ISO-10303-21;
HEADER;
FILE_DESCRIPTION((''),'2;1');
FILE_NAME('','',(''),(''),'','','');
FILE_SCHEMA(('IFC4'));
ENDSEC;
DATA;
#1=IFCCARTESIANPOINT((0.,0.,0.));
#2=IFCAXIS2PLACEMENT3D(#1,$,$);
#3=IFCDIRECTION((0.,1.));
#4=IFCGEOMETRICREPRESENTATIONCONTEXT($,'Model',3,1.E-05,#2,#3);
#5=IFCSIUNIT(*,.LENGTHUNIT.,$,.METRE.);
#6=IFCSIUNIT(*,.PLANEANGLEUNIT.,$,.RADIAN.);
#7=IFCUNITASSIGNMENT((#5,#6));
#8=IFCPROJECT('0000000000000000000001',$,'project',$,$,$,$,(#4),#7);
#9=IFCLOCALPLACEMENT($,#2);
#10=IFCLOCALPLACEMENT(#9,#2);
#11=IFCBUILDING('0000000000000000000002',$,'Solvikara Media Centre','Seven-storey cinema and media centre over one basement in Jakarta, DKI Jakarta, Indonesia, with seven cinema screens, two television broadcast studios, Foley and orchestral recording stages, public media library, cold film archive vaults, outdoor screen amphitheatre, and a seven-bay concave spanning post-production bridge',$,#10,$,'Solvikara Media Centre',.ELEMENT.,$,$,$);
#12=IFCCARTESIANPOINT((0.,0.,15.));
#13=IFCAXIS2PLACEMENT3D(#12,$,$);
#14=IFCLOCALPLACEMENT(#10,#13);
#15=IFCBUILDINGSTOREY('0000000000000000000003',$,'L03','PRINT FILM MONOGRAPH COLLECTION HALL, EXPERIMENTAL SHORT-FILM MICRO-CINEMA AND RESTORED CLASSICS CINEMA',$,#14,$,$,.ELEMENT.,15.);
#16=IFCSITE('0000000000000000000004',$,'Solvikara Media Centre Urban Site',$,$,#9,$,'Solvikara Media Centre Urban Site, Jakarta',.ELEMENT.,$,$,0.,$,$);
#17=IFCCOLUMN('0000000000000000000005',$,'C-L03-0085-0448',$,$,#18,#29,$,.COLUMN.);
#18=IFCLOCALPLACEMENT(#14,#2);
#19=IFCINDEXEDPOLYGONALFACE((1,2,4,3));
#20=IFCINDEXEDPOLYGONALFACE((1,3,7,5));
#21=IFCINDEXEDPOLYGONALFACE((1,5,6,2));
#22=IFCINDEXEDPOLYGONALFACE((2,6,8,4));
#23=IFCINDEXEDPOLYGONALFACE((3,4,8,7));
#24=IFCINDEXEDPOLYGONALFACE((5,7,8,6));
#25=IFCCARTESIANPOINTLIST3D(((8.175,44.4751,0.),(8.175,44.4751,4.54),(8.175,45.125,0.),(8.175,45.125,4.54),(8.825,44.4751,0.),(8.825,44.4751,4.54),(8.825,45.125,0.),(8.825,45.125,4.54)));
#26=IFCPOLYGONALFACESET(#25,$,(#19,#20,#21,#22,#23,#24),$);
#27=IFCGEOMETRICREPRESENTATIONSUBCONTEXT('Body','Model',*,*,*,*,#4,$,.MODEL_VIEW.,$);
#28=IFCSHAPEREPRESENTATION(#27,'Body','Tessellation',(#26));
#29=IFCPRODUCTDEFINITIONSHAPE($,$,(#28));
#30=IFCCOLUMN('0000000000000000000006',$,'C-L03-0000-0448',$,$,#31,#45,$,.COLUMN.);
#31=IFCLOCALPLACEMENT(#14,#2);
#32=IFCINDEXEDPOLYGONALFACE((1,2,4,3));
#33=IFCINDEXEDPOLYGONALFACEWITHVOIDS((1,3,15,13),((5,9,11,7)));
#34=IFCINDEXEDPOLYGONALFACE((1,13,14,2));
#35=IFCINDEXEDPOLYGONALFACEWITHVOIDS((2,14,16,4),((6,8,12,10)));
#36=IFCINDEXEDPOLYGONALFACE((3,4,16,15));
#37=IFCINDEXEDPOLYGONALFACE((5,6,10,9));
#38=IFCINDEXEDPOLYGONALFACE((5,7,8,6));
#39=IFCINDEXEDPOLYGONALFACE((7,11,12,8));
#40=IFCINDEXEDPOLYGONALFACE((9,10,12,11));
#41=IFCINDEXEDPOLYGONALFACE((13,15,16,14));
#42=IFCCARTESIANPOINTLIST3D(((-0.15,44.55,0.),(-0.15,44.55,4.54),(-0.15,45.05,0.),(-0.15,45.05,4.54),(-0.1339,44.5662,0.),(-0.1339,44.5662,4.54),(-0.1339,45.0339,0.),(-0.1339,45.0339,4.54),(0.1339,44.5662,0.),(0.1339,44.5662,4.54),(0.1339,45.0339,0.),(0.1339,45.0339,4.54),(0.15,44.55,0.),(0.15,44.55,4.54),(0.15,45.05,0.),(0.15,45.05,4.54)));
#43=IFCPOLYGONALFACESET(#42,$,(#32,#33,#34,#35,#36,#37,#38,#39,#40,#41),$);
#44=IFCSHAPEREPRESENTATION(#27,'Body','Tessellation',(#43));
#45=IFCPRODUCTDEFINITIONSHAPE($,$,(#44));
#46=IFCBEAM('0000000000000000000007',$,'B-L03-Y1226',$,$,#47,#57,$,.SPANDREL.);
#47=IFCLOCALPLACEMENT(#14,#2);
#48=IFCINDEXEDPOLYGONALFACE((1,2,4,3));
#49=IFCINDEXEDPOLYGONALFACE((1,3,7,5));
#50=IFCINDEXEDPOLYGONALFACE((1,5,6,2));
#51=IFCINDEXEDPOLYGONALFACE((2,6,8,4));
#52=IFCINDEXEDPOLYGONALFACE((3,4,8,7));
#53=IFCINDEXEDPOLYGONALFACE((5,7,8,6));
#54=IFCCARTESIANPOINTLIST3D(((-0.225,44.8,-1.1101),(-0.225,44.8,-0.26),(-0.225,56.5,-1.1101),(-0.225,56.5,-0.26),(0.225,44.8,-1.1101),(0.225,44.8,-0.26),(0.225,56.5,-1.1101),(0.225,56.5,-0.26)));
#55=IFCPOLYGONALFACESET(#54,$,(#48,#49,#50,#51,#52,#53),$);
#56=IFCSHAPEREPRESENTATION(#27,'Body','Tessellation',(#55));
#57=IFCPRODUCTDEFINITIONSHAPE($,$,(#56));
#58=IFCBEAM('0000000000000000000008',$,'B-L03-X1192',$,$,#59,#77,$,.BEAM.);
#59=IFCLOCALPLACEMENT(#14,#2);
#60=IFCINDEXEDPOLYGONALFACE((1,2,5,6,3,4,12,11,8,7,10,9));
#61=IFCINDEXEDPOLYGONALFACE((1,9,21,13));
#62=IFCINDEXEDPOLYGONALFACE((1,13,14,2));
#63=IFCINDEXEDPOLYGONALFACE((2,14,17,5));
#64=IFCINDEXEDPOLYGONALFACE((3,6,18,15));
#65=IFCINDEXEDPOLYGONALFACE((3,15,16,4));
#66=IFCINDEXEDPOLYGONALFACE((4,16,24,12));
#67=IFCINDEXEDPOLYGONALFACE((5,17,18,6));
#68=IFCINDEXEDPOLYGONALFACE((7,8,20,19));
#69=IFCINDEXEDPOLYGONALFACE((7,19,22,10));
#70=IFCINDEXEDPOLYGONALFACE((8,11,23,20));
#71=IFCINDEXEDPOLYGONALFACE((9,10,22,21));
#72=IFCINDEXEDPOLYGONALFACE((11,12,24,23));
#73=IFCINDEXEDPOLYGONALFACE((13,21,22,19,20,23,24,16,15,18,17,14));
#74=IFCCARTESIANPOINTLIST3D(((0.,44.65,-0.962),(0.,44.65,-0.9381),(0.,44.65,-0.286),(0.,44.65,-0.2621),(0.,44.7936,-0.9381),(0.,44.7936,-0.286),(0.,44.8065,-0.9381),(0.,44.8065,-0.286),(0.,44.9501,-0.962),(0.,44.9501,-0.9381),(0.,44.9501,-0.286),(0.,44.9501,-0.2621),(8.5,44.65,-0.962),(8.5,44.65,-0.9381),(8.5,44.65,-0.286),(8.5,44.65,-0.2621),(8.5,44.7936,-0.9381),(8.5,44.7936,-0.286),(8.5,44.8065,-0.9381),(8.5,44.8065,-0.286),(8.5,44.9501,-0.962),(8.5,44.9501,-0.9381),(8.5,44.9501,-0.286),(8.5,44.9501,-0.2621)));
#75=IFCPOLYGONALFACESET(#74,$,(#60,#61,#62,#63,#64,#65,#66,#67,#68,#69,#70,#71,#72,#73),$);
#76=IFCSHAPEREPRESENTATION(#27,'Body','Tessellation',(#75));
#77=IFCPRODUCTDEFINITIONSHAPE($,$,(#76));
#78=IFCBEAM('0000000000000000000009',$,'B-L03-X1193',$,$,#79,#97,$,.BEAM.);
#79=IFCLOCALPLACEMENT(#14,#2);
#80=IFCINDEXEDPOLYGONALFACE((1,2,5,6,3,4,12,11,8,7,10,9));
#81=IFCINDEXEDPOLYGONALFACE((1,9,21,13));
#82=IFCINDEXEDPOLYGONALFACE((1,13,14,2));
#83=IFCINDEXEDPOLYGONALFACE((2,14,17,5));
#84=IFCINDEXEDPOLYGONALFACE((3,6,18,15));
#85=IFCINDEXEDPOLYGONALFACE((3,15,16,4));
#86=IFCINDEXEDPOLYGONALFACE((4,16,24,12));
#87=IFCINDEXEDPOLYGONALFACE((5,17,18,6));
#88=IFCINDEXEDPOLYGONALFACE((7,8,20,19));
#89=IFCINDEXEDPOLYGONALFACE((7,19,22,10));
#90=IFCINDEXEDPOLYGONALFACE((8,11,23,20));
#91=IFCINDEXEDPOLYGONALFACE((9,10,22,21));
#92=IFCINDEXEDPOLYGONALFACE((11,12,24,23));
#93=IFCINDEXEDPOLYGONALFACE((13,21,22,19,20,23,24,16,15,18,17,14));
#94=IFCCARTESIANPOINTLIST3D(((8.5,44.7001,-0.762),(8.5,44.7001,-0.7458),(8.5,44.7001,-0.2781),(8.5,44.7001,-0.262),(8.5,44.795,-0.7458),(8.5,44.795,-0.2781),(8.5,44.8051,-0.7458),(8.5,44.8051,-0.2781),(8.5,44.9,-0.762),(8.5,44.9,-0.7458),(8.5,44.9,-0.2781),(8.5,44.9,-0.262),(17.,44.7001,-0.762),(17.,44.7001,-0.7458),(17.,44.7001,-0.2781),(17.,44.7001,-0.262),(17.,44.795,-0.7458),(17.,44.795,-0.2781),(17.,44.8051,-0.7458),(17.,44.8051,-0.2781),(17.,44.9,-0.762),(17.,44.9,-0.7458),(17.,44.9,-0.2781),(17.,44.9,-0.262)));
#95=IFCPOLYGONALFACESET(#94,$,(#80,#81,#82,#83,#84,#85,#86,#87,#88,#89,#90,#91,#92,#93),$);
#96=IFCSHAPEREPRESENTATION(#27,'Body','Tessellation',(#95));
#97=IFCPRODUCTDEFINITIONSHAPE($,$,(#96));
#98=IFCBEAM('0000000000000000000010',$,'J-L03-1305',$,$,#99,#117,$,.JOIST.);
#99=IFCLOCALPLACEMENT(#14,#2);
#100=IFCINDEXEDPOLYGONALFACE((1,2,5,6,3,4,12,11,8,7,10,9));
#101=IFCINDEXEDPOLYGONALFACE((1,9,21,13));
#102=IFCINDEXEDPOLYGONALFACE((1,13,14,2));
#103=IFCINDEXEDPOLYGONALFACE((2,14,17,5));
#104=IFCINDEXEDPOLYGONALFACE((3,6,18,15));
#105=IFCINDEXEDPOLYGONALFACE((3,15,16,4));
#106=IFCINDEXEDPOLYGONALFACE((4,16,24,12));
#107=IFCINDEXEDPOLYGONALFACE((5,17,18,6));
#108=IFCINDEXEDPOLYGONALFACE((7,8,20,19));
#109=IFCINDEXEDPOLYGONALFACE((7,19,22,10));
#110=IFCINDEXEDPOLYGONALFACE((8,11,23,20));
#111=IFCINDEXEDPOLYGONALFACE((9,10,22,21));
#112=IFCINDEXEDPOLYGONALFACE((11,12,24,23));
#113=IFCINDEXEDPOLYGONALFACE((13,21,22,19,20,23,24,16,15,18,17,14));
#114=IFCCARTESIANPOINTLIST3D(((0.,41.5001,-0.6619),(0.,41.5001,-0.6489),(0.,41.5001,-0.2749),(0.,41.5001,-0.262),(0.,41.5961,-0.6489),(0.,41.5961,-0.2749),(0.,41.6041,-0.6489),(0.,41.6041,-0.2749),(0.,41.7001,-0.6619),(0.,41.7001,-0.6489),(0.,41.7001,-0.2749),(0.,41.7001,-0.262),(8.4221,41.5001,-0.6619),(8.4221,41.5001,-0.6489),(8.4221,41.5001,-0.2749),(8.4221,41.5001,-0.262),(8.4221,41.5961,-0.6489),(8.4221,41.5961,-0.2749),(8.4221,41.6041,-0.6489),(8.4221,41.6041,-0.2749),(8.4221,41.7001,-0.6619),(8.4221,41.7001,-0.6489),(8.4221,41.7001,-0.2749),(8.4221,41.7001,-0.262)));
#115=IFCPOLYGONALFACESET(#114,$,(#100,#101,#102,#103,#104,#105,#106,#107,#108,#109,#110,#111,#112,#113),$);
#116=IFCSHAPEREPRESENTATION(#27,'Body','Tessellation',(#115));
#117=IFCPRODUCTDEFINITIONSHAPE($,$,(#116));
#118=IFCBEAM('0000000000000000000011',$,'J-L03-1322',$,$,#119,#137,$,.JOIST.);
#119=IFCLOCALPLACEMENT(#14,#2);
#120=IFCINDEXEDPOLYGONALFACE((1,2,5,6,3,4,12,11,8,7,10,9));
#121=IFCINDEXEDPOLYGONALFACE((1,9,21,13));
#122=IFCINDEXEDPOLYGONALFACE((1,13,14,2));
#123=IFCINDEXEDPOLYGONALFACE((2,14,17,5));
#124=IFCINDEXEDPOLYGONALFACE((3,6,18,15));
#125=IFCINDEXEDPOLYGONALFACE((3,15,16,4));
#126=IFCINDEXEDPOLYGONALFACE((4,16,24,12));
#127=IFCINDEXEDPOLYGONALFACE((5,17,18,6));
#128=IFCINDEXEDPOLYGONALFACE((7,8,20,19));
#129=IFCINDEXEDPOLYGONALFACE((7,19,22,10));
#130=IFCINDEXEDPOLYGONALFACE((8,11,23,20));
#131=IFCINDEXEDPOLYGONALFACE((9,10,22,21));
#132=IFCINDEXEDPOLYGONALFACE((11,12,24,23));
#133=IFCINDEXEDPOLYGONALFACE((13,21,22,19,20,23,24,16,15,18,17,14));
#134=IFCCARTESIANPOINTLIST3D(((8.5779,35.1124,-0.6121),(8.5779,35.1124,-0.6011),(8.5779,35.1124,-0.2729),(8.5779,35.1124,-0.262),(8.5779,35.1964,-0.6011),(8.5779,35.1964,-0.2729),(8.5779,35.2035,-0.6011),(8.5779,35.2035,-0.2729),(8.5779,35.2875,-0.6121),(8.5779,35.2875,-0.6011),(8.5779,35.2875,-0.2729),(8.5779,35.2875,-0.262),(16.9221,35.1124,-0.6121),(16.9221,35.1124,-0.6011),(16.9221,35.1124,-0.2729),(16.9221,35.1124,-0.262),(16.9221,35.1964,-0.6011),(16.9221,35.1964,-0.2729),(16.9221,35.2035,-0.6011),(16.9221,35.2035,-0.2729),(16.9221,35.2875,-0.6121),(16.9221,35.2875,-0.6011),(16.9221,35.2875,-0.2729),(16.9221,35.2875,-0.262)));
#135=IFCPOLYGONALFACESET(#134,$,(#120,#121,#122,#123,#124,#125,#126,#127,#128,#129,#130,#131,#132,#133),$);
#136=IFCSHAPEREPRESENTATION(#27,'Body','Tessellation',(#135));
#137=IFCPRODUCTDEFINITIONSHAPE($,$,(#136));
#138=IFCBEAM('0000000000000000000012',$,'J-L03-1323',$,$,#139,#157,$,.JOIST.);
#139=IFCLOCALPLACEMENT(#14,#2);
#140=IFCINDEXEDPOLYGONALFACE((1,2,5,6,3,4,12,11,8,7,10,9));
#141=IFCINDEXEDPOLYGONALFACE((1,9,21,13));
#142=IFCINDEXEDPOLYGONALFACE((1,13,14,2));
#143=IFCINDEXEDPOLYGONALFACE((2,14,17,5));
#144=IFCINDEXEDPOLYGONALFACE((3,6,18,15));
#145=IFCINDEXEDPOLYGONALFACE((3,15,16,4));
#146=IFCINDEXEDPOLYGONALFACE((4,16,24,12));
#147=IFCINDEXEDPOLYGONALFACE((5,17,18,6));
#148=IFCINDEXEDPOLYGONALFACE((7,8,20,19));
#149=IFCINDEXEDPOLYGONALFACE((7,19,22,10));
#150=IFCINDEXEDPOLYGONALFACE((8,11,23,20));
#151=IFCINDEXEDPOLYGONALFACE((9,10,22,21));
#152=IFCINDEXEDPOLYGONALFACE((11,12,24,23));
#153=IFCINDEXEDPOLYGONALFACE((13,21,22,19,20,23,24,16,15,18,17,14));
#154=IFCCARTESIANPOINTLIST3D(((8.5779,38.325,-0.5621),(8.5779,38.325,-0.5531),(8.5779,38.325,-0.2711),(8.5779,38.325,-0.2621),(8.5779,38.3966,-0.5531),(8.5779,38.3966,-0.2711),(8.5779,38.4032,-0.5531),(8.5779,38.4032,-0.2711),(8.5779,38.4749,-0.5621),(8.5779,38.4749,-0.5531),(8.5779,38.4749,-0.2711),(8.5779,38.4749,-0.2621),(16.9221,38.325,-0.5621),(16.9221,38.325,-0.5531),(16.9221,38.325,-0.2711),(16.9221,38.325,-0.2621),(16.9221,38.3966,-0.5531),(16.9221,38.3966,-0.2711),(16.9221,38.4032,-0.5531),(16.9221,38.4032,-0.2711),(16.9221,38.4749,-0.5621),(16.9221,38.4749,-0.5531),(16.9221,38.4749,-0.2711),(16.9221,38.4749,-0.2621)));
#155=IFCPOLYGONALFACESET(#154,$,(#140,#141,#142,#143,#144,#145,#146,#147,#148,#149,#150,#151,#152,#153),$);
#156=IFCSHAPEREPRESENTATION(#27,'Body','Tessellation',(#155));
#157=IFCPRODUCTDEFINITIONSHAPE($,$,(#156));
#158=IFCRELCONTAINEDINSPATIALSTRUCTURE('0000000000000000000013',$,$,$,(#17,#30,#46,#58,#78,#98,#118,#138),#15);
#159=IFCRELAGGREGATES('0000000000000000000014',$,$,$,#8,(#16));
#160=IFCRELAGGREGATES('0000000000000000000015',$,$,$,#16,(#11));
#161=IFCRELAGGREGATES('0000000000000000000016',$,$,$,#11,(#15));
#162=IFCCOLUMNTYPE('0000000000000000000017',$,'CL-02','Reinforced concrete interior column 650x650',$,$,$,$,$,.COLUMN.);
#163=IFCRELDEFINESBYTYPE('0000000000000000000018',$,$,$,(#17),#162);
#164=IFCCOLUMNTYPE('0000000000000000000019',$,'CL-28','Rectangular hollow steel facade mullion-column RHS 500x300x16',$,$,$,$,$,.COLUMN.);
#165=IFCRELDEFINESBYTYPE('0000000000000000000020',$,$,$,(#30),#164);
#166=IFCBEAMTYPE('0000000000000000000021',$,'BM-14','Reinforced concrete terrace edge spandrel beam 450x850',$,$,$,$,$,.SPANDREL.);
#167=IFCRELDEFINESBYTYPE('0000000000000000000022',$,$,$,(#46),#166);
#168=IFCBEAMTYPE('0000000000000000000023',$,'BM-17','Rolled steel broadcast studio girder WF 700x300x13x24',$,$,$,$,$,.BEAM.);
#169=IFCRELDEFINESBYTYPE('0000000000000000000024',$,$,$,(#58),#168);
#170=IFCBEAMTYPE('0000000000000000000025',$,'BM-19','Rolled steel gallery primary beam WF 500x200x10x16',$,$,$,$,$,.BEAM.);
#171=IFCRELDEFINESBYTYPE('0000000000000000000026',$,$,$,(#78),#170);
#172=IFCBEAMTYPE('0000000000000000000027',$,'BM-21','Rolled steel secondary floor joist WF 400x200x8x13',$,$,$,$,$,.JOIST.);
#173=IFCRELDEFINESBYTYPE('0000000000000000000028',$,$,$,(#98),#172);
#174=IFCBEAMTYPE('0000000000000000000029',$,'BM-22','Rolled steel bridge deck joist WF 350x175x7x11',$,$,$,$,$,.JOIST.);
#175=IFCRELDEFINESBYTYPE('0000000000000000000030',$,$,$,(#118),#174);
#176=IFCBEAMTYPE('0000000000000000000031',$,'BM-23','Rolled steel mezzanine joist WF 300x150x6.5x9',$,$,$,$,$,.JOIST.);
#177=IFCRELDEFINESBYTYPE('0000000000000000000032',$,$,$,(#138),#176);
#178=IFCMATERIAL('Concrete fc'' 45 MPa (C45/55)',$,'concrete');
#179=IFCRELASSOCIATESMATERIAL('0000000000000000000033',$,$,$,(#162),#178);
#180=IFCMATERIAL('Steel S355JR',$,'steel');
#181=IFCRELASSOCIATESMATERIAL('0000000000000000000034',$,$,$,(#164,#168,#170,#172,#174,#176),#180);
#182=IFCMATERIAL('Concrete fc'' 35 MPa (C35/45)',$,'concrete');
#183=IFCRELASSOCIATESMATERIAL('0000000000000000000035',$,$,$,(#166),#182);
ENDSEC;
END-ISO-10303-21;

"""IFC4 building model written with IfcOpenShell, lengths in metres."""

from ifc_helpers import new_model, si_unit, direction, frame, origin, origin_2d, place, context, subcontext, project, spatial, rectangle, hollow_rectangle, i_section, extrude, material, material_profile, profile_set, type_object, element, save


model = new_model("IFC4")

# Units and contexts
model_context = context("Model", 3, precision=1e-05, world=origin(), true_north=direction((0.0, 1.0)))
body_context = subcontext(model_context, "Body", "Model", "MODEL_VIEW")
ifc_project = project(units=[si_unit("LENGTHUNIT", "METRE"), si_unit("PLANEANGLEUNIT", "RADIAN")], contexts=[model_context])

# Site, building, storey
site_placement = place(None, origin())
site = spatial("IfcSite", under=ifc_project, at=site_placement, Name="Solvikara Media Centre Urban Site", LongName="Solvikara Media Centre Urban Site, Jakarta", CompositionType="ELEMENT", RefElevation=0.0)
building_placement = place(site_placement, origin())
building = spatial("IfcBuilding", under=site, at=building_placement, Name="Solvikara Media Centre", Description="Seven-storey cinema and media centre over one basement in Jakarta, DKI Jakarta, Indonesia, with seven cinema screens, two television broadcast studios, Foley and orchestral recording stages, public media library, cold film archive vaults, outdoor screen amphitheatre, and a seven-bay concave spanning post-production bridge", LongName="Solvikara Media Centre", CompositionType="ELEMENT")
storey_placement = place(building_placement, frame((0.0, 0.0, 15.0)))
storey = spatial("IfcBuildingStorey", under=building, at=storey_placement, Name="L03", Description="PRINT FILM MONOGRAPH COLLECTION HALL, EXPERIMENTAL SHORT-FILM MICRO-CINEMA AND RESTORED CLASSICS CINEMA", CompositionType="ELEMENT", Elevation=15.0)

# Columns
ifc_material_1 = material(Name="Concrete fc' 45 MPa (C45/55)", Category="concrete")
ifc_material_profile_1 = material_profile(ifc_material_1, rectangle(XDim=0.6499, YDim=0.6499, at=origin_2d()), Name="RC 650x650")
ifc_profile_set_1 = profile_set([ifc_material_profile_1], Name="Concrete fc' 45 MPa (C45/55)")
column_type_1 = type_object("IfcColumnType", Name="CL-02", Description="Reinforced concrete interior column 650x650", PredefinedType="COLUMN", material=ifc_profile_set_1)
column_1_placement = place(storey_placement, frame((8.5, 44.8, 0.0), z_axis=(0.0, 0.0, 1.0), x_axis=(1.0, 0.0, 0.0)))
element("IfcColumn", 1, at=column_1_placement, inside=storey, type_object=column_type_1, Name="C-L03-0085-0448", PredefinedType="COLUMN", context=body_context, shape_type="SweptSolid", body=[
    extrude(rectangle(XDim=0.6499, YDim=0.6499, at=origin_2d()), origin(), (0.0, 0.0, 1.0), 4.54),
])
ifc_material_2 = material(Name="Steel S355JR", Category="steel")
ifc_material_profile_2 = material_profile(ifc_material_2, hollow_rectangle(XDim=0.3, YDim=0.5, WallThickness=0.0161, at=origin_2d()), Name="RHS 500x300x16")
ifc_profile_set_2 = profile_set([ifc_material_profile_2], Name="Steel S355JR")
column_type_2 = type_object("IfcColumnType", Name="CL-28", Description="Rectangular hollow steel facade mullion-column RHS 500x300x16", PredefinedType="COLUMN", material=ifc_profile_set_2)
column_2_placement = place(storey_placement, frame((0.0, 44.8, 0.0), z_axis=(0.0, 0.0, 1.0), x_axis=(1.0, 0.0, 0.0)))
element("IfcColumn", 2, at=column_2_placement, inside=storey, type_object=column_type_2, Name="C-L03-0000-0448", PredefinedType="COLUMN", context=body_context, shape_type="SweptSolid", body=[
    extrude(hollow_rectangle(XDim=0.3, YDim=0.5, WallThickness=0.0161, at=origin_2d()), origin(), (0.0, 0.0, 1.0), 4.54),
])

# Beams
ifc_material_3 = material(Name="Concrete fc' 35 MPa (C35/45)", Category="concrete")
ifc_material_profile_3 = material_profile(ifc_material_3, rectangle(XDim=0.45, YDim=0.8501, at=origin_2d()), Name="RC 450x850")
ifc_profile_set_3 = profile_set([ifc_material_profile_3], Name="Concrete fc' 35 MPa (C35/45)")
beam_type_1 = type_object("IfcBeamType", Name="BM-14", Description="Reinforced concrete terrace edge spandrel beam 450x850", PredefinedType="SPANDREL", material=ifc_profile_set_3)
beam_1_placement = place(storey_placement, frame((0.0, 44.8, -0.6851), z_axis=(0.0, 1.0, 0.0), x_axis=(-1.0, 0.0, 0.0)))
element("IfcBeam", 3, at=beam_1_placement, inside=storey, type_object=beam_type_1, Name="B-L03-Y1226", PredefinedType="SPANDREL", context=body_context, shape_type="SweptSolid", body=[
    extrude(rectangle(XDim=0.45, YDim=0.8501, at=origin_2d()), origin(), (0.0, 0.0, 1.0), 11.7),
])
ifc_material_profile_4 = material_profile(ifc_material_2, i_section(OverallWidth=0.3, OverallDepth=0.7, WebThickness=0.0129, FlangeThickness=0.0239, at=origin_2d()), Name="WF 700x300x13x24")
ifc_profile_set_4 = profile_set([ifc_material_profile_4], Name="Steel S355JR")
beam_type_2 = type_object("IfcBeamType", Name="BM-17", Description="Rolled steel broadcast studio girder WF 700x300x13x24", PredefinedType="BEAM", material=ifc_profile_set_4)
beam_2_placement = place(storey_placement, frame((0.0, 44.8, -0.6121), z_axis=(1.0, 0.0, 0.0), x_axis=(0.0, 1.0, 0.0)))
element("IfcBeam", 4, at=beam_2_placement, inside=storey, type_object=beam_type_2, Name="B-L03-X1192", PredefinedType="BEAM", context=body_context, shape_type="SweptSolid", body=[
    extrude(i_section(OverallWidth=0.3, OverallDepth=0.7, WebThickness=0.0129, FlangeThickness=0.0239, at=origin_2d()), origin(), (0.0, 0.0, 1.0), 8.5),
])
ifc_material_profile_5 = material_profile(ifc_material_2, i_section(OverallWidth=0.2, OverallDepth=0.5, WebThickness=0.01, FlangeThickness=0.0161, at=origin_2d()), Name="WF 500x200x10x16")
ifc_profile_set_5 = profile_set([ifc_material_profile_5], Name="Steel S355JR")
beam_type_3 = type_object("IfcBeamType", Name="BM-19", Description="Rolled steel gallery primary beam WF 500x200x10x16", PredefinedType="BEAM", material=ifc_profile_set_5)
beam_3_placement = place(storey_placement, frame((8.5, 44.8, -0.512), z_axis=(1.0, 0.0, 0.0), x_axis=(0.0, 1.0, 0.0)))
element("IfcBeam", 5, at=beam_3_placement, inside=storey, type_object=beam_type_3, Name="B-L03-X1193", PredefinedType="BEAM", context=body_context, shape_type="SweptSolid", body=[
    extrude(i_section(OverallWidth=0.2, OverallDepth=0.5, WebThickness=0.01, FlangeThickness=0.0161, at=origin_2d()), origin(), (0.0, 0.0, 1.0), 8.5),
])
ifc_material_profile_6 = material_profile(ifc_material_2, i_section(OverallWidth=0.2, OverallDepth=0.3999, WebThickness=0.0081, FlangeThickness=0.0129, at=origin_2d()), Name="WF 400x200x8x13")
ifc_profile_set_6 = profile_set([ifc_material_profile_6], Name="Steel S355JR")
beam_type_4 = type_object("IfcBeamType", Name="BM-21", Description="Rolled steel secondary floor joist WF 400x200x8x13", PredefinedType="JOIST", material=ifc_profile_set_6)
beam_4_placement = place(storey_placement, frame((0.0, 41.6001, -0.4619), z_axis=(1.0, 0.0, 0.0), x_axis=(0.0, 1.0, 0.0)))
element("IfcBeam", 6, at=beam_4_placement, inside=storey, type_object=beam_type_4, Name="J-L03-1305", PredefinedType="JOIST", context=body_context, shape_type="SweptSolid", body=[
    extrude(i_section(OverallWidth=0.2, OverallDepth=0.3999, WebThickness=0.0081, FlangeThickness=0.0129, at=origin_2d()), origin(), (0.0, 0.0, 1.0), 8.4221),
])
ifc_material_profile_7 = material_profile(ifc_material_2, i_section(OverallWidth=0.175, OverallDepth=0.3501, WebThickness=0.0071, FlangeThickness=0.011, at=origin_2d()), Name="WF 350x175x7x11")
ifc_profile_set_7 = profile_set([ifc_material_profile_7], Name="Steel S355JR")
beam_type_5 = type_object("IfcBeamType", Name="BM-22", Description="Rolled steel bridge deck joist WF 350x175x7x11", PredefinedType="JOIST", material=ifc_profile_set_7)
beam_5_placement = place(storey_placement, frame((8.5779, 35.2, -0.437), z_axis=(1.0, 0.0, 0.0), x_axis=(0.0, 1.0, 0.0)))
element("IfcBeam", 7, at=beam_5_placement, inside=storey, type_object=beam_type_5, Name="J-L03-1322", PredefinedType="JOIST", context=body_context, shape_type="SweptSolid", body=[
    extrude(i_section(OverallWidth=0.175, OverallDepth=0.3501, WebThickness=0.0071, FlangeThickness=0.011, at=origin_2d()), origin(), (0.0, 0.0, 1.0), 8.3442),
])
ifc_material_profile_8 = material_profile(ifc_material_2, i_section(OverallWidth=0.1499, OverallDepth=0.3, WebThickness=0.0066, FlangeThickness=0.009, at=origin_2d()), Name="WF 300x150x6.5x9")
ifc_profile_set_8 = profile_set([ifc_material_profile_8], Name="Steel S355JR")
beam_type_6 = type_object("IfcBeamType", Name="BM-23", Description="Rolled steel mezzanine joist WF 300x150x6.5x9", PredefinedType="JOIST", material=ifc_profile_set_8)
beam_6_placement = place(storey_placement, frame((8.5779, 38.3999, -0.4121), z_axis=(1.0, 0.0, 0.0), x_axis=(0.0, 1.0, 0.0)))
element("IfcBeam", 8, at=beam_6_placement, inside=storey, type_object=beam_type_6, Name="J-L03-1323", PredefinedType="JOIST", context=body_context, shape_type="SweptSolid", body=[
    extrude(i_section(OverallWidth=0.1499, OverallDepth=0.3, WebThickness=0.0066, FlangeThickness=0.009, at=origin_2d()), origin(), (0.0, 0.0, 1.0), 8.3442),
])

save(model, "model.ifc")
